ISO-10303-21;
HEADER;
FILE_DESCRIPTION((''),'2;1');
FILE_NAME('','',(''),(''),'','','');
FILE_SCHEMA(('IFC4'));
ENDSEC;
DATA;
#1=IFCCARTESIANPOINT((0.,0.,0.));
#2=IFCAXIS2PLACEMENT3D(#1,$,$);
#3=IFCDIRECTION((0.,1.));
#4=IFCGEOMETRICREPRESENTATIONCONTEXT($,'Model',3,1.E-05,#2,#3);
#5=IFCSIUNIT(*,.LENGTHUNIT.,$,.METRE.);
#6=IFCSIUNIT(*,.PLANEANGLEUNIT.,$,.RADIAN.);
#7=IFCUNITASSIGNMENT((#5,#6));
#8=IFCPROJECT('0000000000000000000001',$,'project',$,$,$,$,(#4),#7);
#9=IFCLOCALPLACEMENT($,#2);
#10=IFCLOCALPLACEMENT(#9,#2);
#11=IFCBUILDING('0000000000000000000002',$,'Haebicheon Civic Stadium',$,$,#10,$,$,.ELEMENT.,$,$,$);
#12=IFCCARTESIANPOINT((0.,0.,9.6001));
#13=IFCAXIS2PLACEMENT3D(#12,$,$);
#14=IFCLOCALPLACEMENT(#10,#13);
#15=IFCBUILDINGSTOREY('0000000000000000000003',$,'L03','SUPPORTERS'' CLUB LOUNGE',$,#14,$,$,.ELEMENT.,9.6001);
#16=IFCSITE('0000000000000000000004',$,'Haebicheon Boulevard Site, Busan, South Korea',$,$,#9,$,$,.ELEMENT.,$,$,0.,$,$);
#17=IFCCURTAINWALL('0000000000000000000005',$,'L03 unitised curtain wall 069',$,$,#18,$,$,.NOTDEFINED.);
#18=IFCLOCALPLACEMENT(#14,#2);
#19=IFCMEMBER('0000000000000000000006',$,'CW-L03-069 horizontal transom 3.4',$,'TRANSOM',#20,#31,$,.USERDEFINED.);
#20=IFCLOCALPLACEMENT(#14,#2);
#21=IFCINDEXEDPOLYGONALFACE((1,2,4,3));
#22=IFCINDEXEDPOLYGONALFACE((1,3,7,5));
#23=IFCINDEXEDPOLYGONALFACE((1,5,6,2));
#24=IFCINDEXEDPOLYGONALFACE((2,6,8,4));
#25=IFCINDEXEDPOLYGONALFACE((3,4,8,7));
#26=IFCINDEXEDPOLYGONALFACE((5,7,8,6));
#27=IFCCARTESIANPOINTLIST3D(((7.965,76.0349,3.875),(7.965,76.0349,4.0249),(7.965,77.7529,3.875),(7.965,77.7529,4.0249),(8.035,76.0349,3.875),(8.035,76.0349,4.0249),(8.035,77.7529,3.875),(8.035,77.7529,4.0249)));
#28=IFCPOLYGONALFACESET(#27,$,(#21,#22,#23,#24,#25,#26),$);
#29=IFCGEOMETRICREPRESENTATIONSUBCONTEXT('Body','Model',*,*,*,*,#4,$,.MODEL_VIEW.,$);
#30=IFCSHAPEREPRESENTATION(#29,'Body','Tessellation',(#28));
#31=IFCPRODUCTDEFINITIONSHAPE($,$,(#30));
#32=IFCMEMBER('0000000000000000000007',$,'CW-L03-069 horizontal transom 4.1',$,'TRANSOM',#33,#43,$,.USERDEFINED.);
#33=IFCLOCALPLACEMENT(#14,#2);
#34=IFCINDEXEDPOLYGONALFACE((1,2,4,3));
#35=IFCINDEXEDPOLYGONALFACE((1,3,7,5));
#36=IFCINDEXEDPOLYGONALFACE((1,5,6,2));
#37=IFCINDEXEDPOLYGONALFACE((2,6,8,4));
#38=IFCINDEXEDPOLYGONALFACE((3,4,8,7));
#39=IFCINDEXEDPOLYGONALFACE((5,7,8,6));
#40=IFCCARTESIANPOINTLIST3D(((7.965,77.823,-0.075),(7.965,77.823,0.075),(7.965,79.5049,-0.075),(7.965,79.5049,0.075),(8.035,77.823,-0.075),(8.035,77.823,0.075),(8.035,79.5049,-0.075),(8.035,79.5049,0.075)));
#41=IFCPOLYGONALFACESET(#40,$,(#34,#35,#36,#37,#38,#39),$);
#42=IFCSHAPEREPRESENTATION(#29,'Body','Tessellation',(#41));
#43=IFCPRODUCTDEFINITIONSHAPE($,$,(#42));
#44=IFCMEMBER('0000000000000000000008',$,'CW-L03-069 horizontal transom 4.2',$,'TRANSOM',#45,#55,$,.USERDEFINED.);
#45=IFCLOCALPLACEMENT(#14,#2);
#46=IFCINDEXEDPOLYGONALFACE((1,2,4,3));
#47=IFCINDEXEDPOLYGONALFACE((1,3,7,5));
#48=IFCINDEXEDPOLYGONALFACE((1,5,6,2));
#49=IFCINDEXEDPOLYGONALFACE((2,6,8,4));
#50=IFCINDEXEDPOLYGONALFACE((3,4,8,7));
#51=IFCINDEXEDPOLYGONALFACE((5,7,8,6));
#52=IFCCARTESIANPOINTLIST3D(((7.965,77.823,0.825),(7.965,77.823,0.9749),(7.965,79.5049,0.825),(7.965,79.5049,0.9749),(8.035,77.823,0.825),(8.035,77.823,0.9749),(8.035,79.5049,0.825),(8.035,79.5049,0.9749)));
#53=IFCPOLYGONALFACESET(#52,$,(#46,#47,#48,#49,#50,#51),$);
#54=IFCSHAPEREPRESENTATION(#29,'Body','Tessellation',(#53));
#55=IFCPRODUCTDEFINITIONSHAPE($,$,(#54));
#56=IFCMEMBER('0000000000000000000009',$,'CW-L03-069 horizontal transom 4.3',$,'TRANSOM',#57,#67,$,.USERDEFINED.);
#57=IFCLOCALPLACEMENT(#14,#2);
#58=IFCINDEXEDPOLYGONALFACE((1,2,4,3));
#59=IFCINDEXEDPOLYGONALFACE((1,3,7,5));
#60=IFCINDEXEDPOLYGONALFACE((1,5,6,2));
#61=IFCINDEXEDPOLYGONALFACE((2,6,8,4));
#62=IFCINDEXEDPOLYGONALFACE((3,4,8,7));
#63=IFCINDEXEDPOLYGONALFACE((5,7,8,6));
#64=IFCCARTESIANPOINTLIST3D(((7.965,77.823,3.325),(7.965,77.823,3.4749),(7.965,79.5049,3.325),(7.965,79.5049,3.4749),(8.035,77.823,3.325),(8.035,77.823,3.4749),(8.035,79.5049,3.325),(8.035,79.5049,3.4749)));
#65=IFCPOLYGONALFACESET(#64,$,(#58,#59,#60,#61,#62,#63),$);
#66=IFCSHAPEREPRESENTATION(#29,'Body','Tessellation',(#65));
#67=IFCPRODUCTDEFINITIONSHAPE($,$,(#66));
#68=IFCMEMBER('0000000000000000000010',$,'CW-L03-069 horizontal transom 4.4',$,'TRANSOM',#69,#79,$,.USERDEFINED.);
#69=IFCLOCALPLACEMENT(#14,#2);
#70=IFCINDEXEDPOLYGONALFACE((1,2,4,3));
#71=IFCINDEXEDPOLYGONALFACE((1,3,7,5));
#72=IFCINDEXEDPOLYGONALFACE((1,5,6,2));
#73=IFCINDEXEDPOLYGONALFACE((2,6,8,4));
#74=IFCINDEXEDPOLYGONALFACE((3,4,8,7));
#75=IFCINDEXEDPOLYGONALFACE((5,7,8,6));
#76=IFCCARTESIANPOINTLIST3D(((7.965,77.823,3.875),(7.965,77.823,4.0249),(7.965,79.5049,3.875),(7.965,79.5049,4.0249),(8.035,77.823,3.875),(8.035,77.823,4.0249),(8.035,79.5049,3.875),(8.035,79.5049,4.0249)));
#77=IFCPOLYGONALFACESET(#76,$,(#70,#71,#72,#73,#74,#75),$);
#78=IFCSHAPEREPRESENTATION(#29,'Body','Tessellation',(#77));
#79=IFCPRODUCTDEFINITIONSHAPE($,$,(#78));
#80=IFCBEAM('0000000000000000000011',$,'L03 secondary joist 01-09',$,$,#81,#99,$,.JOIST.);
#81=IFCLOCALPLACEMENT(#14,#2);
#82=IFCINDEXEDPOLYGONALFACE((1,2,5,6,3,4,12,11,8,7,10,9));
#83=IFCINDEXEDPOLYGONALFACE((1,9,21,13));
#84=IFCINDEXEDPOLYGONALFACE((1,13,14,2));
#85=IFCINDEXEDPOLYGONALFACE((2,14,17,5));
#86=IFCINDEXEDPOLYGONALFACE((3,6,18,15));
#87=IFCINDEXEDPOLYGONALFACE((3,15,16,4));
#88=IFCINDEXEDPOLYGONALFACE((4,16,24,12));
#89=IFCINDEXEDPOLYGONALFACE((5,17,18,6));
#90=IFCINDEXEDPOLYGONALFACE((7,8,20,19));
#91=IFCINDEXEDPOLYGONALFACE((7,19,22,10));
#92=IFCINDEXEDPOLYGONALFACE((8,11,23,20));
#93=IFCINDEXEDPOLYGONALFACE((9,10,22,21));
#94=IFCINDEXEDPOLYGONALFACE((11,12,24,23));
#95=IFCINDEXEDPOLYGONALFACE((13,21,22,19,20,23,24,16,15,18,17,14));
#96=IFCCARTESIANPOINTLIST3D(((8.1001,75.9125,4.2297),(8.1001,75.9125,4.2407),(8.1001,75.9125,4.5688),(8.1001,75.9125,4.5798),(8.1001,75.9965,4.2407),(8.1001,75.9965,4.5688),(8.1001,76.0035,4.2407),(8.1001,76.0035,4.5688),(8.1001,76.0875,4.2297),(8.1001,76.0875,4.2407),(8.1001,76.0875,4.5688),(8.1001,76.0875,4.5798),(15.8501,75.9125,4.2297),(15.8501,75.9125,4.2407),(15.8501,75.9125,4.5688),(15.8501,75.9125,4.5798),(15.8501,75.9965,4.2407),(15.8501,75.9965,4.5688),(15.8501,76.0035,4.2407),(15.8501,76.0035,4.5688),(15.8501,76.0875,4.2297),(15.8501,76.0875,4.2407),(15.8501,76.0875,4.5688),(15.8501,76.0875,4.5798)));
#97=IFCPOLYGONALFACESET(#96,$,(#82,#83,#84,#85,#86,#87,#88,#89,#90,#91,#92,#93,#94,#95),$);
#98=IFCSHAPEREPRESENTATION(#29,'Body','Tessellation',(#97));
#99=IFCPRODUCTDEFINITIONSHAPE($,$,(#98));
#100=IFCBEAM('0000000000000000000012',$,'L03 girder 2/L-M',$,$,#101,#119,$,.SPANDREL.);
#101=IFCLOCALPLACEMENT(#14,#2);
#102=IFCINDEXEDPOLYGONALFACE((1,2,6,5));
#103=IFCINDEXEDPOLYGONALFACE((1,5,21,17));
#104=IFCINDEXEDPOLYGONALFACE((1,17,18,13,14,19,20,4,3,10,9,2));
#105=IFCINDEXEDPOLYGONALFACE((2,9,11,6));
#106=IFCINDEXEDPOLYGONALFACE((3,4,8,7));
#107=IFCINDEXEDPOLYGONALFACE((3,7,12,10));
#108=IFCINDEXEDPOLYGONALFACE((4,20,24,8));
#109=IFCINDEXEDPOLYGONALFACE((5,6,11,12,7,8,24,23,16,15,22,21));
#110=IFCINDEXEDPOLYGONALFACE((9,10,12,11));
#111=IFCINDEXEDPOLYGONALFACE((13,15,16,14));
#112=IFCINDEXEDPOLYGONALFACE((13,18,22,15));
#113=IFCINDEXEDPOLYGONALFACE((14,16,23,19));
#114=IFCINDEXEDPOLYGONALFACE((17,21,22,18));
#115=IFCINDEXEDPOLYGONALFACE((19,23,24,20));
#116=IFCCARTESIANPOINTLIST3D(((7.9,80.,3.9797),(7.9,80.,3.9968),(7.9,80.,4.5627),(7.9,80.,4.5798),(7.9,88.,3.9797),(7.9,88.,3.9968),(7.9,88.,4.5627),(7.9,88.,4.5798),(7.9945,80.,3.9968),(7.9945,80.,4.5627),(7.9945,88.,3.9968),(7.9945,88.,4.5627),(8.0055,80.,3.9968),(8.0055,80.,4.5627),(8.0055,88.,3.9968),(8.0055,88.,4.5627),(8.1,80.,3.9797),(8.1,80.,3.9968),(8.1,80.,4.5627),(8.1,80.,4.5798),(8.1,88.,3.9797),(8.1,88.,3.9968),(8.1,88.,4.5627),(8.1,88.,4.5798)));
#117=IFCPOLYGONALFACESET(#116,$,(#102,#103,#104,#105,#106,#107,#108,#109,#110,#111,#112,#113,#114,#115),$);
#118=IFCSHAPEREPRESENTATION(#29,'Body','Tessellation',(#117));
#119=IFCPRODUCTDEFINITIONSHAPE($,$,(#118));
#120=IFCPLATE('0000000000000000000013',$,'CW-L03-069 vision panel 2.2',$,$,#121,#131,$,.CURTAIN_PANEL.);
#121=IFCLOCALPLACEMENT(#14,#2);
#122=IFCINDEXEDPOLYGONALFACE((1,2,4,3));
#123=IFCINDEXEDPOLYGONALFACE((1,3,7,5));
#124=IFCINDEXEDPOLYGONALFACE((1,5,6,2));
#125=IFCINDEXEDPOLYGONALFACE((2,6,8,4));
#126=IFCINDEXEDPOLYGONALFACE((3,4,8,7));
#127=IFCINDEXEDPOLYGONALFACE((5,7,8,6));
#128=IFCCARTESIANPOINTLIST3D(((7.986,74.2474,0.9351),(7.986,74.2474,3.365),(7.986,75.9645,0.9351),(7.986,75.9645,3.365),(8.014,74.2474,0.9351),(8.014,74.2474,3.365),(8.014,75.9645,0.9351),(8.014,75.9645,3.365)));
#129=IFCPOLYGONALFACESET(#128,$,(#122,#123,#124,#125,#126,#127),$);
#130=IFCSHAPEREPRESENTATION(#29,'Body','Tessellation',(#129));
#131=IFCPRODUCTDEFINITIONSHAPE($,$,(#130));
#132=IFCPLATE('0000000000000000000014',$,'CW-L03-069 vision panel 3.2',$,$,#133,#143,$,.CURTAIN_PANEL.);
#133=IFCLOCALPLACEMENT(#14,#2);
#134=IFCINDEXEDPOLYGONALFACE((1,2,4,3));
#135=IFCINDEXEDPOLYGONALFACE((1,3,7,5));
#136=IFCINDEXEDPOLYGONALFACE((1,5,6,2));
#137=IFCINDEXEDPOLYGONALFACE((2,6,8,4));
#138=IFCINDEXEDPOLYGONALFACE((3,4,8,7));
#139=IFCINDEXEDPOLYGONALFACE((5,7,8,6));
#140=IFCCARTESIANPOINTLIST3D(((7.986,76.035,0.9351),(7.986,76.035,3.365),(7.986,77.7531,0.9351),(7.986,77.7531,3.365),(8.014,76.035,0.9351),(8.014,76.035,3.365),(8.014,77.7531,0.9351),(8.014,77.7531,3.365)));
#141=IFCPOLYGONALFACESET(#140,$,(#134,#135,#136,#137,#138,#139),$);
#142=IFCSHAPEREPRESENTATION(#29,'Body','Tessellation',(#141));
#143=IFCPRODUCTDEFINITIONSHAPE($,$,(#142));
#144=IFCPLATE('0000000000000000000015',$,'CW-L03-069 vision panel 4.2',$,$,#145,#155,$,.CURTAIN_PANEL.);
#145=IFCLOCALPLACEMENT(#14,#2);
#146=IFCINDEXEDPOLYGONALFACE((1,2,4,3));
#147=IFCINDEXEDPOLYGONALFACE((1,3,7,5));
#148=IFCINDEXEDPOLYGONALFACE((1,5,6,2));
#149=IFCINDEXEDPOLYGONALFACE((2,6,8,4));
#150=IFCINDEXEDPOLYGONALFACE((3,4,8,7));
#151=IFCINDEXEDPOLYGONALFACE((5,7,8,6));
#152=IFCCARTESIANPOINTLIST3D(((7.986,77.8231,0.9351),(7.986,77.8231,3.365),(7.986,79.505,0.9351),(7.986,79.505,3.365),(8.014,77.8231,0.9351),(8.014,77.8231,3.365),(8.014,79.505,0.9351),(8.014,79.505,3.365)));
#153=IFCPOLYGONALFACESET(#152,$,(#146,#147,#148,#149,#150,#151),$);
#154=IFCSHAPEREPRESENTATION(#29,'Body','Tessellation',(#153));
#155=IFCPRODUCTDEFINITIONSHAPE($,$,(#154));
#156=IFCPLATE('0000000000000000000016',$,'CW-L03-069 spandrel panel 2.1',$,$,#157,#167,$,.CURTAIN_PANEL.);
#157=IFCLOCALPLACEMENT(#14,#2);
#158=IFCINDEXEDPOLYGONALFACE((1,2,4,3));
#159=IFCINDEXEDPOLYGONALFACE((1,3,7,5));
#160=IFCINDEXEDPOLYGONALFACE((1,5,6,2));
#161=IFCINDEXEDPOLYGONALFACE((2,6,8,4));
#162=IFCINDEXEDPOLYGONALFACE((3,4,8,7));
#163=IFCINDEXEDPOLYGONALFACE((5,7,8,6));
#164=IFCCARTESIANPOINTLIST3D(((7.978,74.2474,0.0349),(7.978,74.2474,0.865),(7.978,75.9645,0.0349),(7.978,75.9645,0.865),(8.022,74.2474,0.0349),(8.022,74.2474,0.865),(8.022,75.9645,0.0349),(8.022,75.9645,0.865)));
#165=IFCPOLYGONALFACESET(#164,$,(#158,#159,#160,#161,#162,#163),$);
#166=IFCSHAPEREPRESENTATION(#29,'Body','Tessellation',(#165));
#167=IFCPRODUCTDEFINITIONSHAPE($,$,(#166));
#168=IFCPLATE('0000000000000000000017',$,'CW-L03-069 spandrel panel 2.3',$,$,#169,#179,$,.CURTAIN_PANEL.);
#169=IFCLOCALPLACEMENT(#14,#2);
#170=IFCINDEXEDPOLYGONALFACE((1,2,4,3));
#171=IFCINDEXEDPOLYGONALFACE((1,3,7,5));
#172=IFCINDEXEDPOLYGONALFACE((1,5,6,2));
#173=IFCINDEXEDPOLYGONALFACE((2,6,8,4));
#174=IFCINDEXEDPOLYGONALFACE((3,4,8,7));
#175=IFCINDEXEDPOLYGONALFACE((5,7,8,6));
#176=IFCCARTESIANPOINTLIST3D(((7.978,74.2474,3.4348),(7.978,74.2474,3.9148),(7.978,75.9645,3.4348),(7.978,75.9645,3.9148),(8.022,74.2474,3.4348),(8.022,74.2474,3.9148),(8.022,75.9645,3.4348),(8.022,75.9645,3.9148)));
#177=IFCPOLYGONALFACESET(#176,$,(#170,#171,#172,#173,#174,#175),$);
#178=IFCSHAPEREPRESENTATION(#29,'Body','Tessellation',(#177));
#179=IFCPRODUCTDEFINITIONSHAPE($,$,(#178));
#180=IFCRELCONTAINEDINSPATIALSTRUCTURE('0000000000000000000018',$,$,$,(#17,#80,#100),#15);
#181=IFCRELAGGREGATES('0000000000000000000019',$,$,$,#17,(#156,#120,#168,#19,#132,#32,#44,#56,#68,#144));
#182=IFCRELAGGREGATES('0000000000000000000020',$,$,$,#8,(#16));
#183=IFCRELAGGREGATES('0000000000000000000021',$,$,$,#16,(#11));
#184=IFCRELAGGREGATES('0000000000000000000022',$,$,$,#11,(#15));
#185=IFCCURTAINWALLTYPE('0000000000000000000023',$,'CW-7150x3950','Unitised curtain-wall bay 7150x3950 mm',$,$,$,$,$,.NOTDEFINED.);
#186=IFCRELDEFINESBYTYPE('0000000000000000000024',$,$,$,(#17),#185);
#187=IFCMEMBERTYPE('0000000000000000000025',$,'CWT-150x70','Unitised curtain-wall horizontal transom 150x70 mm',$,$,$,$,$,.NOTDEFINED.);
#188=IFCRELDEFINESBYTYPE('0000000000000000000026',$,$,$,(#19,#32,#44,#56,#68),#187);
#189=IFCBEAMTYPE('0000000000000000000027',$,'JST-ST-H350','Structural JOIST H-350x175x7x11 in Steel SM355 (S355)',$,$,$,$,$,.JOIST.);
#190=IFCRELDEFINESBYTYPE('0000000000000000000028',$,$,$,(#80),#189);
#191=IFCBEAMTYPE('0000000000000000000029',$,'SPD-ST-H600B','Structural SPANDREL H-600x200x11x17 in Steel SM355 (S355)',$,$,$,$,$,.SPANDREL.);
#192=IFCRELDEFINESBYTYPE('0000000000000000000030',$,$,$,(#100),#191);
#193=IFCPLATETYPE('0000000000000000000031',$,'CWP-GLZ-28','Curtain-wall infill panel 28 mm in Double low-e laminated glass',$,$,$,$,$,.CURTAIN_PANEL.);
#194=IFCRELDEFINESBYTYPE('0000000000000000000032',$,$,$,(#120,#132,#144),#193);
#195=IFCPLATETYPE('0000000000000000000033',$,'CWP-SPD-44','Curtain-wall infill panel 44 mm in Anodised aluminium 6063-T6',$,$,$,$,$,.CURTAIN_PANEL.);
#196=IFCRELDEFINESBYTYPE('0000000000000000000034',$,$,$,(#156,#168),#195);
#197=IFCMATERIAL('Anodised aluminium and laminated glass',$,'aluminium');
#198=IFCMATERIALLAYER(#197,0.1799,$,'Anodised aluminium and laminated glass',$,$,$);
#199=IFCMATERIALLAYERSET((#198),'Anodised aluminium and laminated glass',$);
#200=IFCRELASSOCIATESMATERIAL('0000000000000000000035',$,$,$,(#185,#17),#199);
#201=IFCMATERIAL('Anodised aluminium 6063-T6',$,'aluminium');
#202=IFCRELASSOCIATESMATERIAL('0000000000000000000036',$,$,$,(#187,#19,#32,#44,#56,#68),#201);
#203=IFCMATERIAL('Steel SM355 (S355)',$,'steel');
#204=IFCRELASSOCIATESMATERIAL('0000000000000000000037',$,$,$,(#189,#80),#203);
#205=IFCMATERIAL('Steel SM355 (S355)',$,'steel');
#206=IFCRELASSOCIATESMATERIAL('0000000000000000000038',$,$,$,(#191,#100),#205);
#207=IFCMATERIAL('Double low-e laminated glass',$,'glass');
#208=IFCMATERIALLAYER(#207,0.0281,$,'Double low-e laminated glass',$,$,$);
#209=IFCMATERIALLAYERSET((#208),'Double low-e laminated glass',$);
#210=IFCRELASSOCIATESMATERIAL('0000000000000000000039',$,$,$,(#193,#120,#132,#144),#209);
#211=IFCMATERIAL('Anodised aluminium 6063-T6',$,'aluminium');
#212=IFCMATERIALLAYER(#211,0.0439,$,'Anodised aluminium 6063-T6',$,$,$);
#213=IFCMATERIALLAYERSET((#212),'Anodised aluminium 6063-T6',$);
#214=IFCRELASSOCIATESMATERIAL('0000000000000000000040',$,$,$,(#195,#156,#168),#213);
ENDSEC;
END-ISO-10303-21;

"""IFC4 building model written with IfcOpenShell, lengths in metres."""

from ifc_helpers import new_model, si_unit, direction, frame, origin, origin_2d, place, context, subcontext, project, spatial, rectangle, i_section, extrude, material, layer, layer_set, material_profile, profile_set, type_object, element, aggregate, save


model = new_model("IFC4")

# Units and contexts
model_context = context("Model", 3, precision=1e-05, world=origin(), true_north=direction((0.0, 1.0)))
body_context = subcontext(model_context, "Body", "Model", "MODEL_VIEW")
ifc_project = project(units=[si_unit("LENGTHUNIT", "METRE"), si_unit("PLANEANGLEUNIT", "RADIAN")], contexts=[model_context])

# Site, building, storey
site_placement = place(None, origin())
site = spatial("IfcSite", under=ifc_project, at=site_placement, Name="Haebicheon Boulevard Site, Busan, South Korea", CompositionType="ELEMENT", RefElevation=0.0)
building_placement = place(site_placement, origin())
building = spatial("IfcBuilding", under=site, at=building_placement, Name="Haebicheon Civic Stadium", CompositionType="ELEMENT")
storey_placement = place(building_placement, frame((0.0, 0.0, 9.6001)))
storey = spatial("IfcBuildingStorey", under=building, at=storey_placement, Name="L03", Description="SUPPORTERS' CLUB LOUNGE", CompositionType="ELEMENT", Elevation=9.6001)

# Curtain wall, members
ifc_material_1 = material(Name="Anodised aluminium and laminated glass", Category="aluminium")
ifc_layer_1 = layer(ifc_material_1, 0.1799, Name="Anodised aluminium and laminated glass")
ifc_layer_set_1 = layer_set([ifc_layer_1], Name="Anodised aluminium and laminated glass")
curtain_wall_type = type_object("IfcCurtainWallType", Name="CW-7150x3950", Description="Unitised curtain-wall bay 7150x3950 mm", PredefinedType="NOTDEFINED", material=ifc_layer_set_1)
curtain_wall_placement = place(storey_placement, origin())
curtain_wall = element("IfcCurtainWall", 1, at=curtain_wall_placement, inside=storey, type_object=curtain_wall_type, material=ifc_layer_set_1, Name="L03 unitised curtain wall 069", PredefinedType="NOTDEFINED")
ifc_material_2 = material(Name="Anodised aluminium 6063-T6", Category="aluminium")
ifc_material_profile_1 = material_profile(ifc_material_2, rectangle(XDim=0.0701, YDim=0.1499, at=origin_2d()), Name="ALU-TRAN-70x150")
ifc_profile_set_1 = profile_set([ifc_material_profile_1], Name="Anodised aluminium 6063-T6")
member_type_1 = type_object("IfcMemberType", Name="CWT-150x70", Description="Unitised curtain-wall horizontal transom 150x70 mm", PredefinedType="NOTDEFINED", material=ifc_profile_set_1)
member_1_placement = place(storey_placement, frame((8.0, 76.0349, 3.95), z_axis=(0.0, 1.0, 0.0), x_axis=(-1.0, 0.0, 0.0)))
member_1 = element("IfcMember", 2, at=member_1_placement, type_object=member_type_1, material=ifc_profile_set_1, Name="CW-L03-069 horizontal transom 3.4", ObjectType="TRANSOM", PredefinedType="USERDEFINED", context=body_context, shape_type="SweptSolid", body=[
    extrude(rectangle(XDim=0.0701, YDim=0.1499, at=origin_2d()), origin(), (0.0, 0.0, 1.0), 1.718),
])
member_2_placement = place(storey_placement, frame((8.0, 77.823, 0.0), z_axis=(0.0, 1.0, 0.0), x_axis=(-1.0, 0.0, 0.0)))
member_2 = element("IfcMember", 3, at=member_2_placement, type_object=member_type_1, material=ifc_profile_set_1, Name="CW-L03-069 horizontal transom 4.1", ObjectType="TRANSOM", PredefinedType="USERDEFINED", context=body_context, shape_type="SweptSolid", body=[
    extrude(rectangle(XDim=0.0701, YDim=0.1499, at=origin_2d()), origin(), (0.0, 0.0, 1.0), 1.6819),
])
member_3_placement = place(storey_placement, frame((8.0, 77.823, 0.8999), z_axis=(0.0, 1.0, 0.0), x_axis=(-1.0, 0.0, 0.0)))
member_3 = element("IfcMember", 4, at=member_3_placement, type_object=member_type_1, material=ifc_profile_set_1, Name="CW-L03-069 horizontal transom 4.2", ObjectType="TRANSOM", PredefinedType="USERDEFINED", context=body_context, shape_type="SweptSolid", body=[
    extrude(rectangle(XDim=0.0701, YDim=0.1499, at=origin_2d()), origin(), (0.0, 0.0, 1.0), 1.6819),
])
member_4_placement = place(storey_placement, frame((8.0, 77.823, 3.3999), z_axis=(0.0, 1.0, 0.0), x_axis=(-1.0, 0.0, 0.0)))
member_4 = element("IfcMember", 5, at=member_4_placement, type_object=member_type_1, material=ifc_profile_set_1, Name="CW-L03-069 horizontal transom 4.3", ObjectType="TRANSOM", PredefinedType="USERDEFINED", context=body_context, shape_type="SweptSolid", body=[
    extrude(rectangle(XDim=0.0701, YDim=0.1499, at=origin_2d()), origin(), (0.0, 0.0, 1.0), 1.6819),
])
member_5_placement = place(storey_placement, frame((8.0, 77.823, 3.95), z_axis=(0.0, 1.0, 0.0), x_axis=(-1.0, 0.0, 0.0)))
member_5 = element("IfcMember", 6, at=member_5_placement, type_object=member_type_1, material=ifc_profile_set_1, Name="CW-L03-069 horizontal transom 4.4", ObjectType="TRANSOM", PredefinedType="USERDEFINED", context=body_context, shape_type="SweptSolid", body=[
    extrude(rectangle(XDim=0.0701, YDim=0.1499, at=origin_2d()), origin(), (0.0, 0.0, 1.0), 1.6819),
])

# Beams
ifc_material_3 = material(Name="Steel SM355 (S355)", Category="steel")
ifc_material_profile_2 = material_profile(ifc_material_3, i_section(OverallWidth=0.175, OverallDepth=0.3501, WebThickness=0.0071, FlangeThickness=0.011, at=origin_2d()), Name="H-350x175x7x11")
ifc_profile_set_2 = profile_set([ifc_material_profile_2], Name="Steel SM355 (S355)")
beam_type_1 = type_object("IfcBeamType", Name="JST-ST-H350", Description="Structural JOIST H-350x175x7x11 in Steel SM355 (S355)", PredefinedType="JOIST", material=ifc_profile_set_2)
beam_1_placement = place(storey_placement, frame((8.1001, 76.0, 4.4048), z_axis=(1.0, 0.0, 0.0), x_axis=(0.0, 1.0, 0.0)))
element("IfcBeam", 7, at=beam_1_placement, inside=storey, type_object=beam_type_1, material=ifc_profile_set_2, Name="L03 secondary joist 01-09", PredefinedType="JOIST", context=body_context, shape_type="SweptSolid", body=[
    extrude(i_section(OverallWidth=0.175, OverallDepth=0.3501, WebThickness=0.0071, FlangeThickness=0.011, at=origin_2d()), origin(), (0.0, 0.0, 1.0), 7.75),
])
ifc_material_4 = material(Name="Steel SM355 (S355)", Category="steel")
ifc_material_profile_3 = material_profile(ifc_material_4, i_section(OverallWidth=0.2, OverallDepth=0.6001, WebThickness=0.011, FlangeThickness=0.0171, at=origin_2d()), Name="H-600x200x11x17")
ifc_profile_set_3 = profile_set([ifc_material_profile_3], Name="Steel SM355 (S355)")
beam_type_2 = type_object("IfcBeamType", Name="SPD-ST-H600B", Description="Structural SPANDREL H-600x200x11x17 in Steel SM355 (S355)", PredefinedType="SPANDREL", material=ifc_profile_set_3)
beam_2_placement = place(storey_placement, frame((8.0, 80.0, 4.2798), z_axis=(0.0, 1.0, 0.0), x_axis=(-1.0, 0.0, 0.0)))
element("IfcBeam", 8, at=beam_2_placement, inside=storey, type_object=beam_type_2, material=ifc_profile_set_3, Name="L03 girder 2/L-M", PredefinedType="SPANDREL", context=body_context, shape_type="SweptSolid", body=[
    extrude(i_section(OverallWidth=0.2, OverallDepth=0.6001, WebThickness=0.011, FlangeThickness=0.0171, at=origin_2d()), origin(), (0.0, 0.0, 1.0), 8.0),
])

# Plates
ifc_material_5 = material(Name="Double low-e laminated glass", Category="glass")
ifc_layer_2 = layer(ifc_material_5, 0.0281, Name="Double low-e laminated glass")
ifc_layer_set_2 = layer_set([ifc_layer_2], Name="Double low-e laminated glass")
plate_type_1 = type_object("IfcPlateType", Name="CWP-GLZ-28", Description="Curtain-wall infill panel 28 mm in Double low-e laminated glass", PredefinedType="CURTAIN_PANEL", material=ifc_layer_set_2)
plate_1_placement = place(storey_placement, frame((8.0, 75.106, 0.9351), z_axis=(0.0, 0.0, 1.0), x_axis=(0.0, 1.0, 0.0)))
plate_1 = element("IfcPlate", 9, at=plate_1_placement, type_object=plate_type_1, material=ifc_layer_set_2, Name="CW-L03-069 vision panel 2.2", PredefinedType="CURTAIN_PANEL", context=body_context, shape_type="SweptSolid", body=[
    extrude(rectangle(XDim=1.717, YDim=0.0281, at=origin_2d()), origin(), (0.0, 0.0, 1.0), 2.4299),
])
plate_2_placement = place(storey_placement, frame((8.0, 76.894, 0.9351), z_axis=(0.0, 0.0, 1.0), x_axis=(0.0, 1.0, 0.0)))
plate_2 = element("IfcPlate", 10, at=plate_2_placement, type_object=plate_type_1, material=ifc_layer_set_2, Name="CW-L03-069 vision panel 3.2", PredefinedType="CURTAIN_PANEL", context=body_context, shape_type="SweptSolid", body=[
    extrude(rectangle(XDim=1.718, YDim=0.0281, at=origin_2d()), origin(), (0.0, 0.0, 1.0), 2.4299),
])
plate_3_placement = place(storey_placement, frame((8.0, 78.6641, 0.9351), z_axis=(0.0, 0.0, 1.0), x_axis=(0.0, 1.0, 0.0)))
plate_3 = element("IfcPlate", 11, at=plate_3_placement, type_object=plate_type_1, material=ifc_layer_set_2, Name="CW-L03-069 vision panel 4.2", PredefinedType="CURTAIN_PANEL", context=body_context, shape_type="SweptSolid", body=[
    extrude(rectangle(XDim=1.6819, YDim=0.0281, at=origin_2d()), origin(), (0.0, 0.0, 1.0), 2.4299),
])
ifc_material_6 = material(Name="Anodised aluminium 6063-T6", Category="aluminium")
ifc_layer_3 = layer(ifc_material_6, 0.0439, Name="Anodised aluminium 6063-T6")
ifc_layer_set_3 = layer_set([ifc_layer_3], Name="Anodised aluminium 6063-T6")
plate_type_2 = type_object("IfcPlateType", Name="CWP-SPD-44", Description="Curtain-wall infill panel 44 mm in Anodised aluminium 6063-T6", PredefinedType="CURTAIN_PANEL", material=ifc_layer_set_3)
plate_4_placement = place(storey_placement, frame((8.0, 75.106, 0.0349), z_axis=(0.0, 0.0, 1.0), x_axis=(0.0, 1.0, 0.0)))
plate_4 = element("IfcPlate", 12, at=plate_4_placement, type_object=plate_type_2, material=ifc_layer_set_3, Name="CW-L03-069 spandrel panel 2.1", PredefinedType="CURTAIN_PANEL", context=body_context, shape_type="SweptSolid", body=[
    extrude(rectangle(XDim=1.717, YDim=0.0439, at=origin_2d()), origin(), (0.0, 0.0, 1.0), 0.8301),
])
plate_5_placement = place(storey_placement, frame((8.0, 75.106, 3.4348), z_axis=(0.0, 0.0, 1.0), x_axis=(0.0, 1.0, 0.0)))
plate_5 = element("IfcPlate", 13, at=plate_5_placement, type_object=plate_type_2, material=ifc_layer_set_3, Name="CW-L03-069 spandrel panel 2.3", PredefinedType="CURTAIN_PANEL", context=body_context, shape_type="SweptSolid", body=[
    extrude(rectangle(XDim=1.717, YDim=0.0439, at=origin_2d()), origin(), (0.0, 0.0, 1.0), 0.48),
])
aggregate(curtain_wall, [plate_4, plate_1, plate_5, member_1, plate_2, member_2, member_3, member_4, member_5, plate_3])

save(model, "model.ifc")
